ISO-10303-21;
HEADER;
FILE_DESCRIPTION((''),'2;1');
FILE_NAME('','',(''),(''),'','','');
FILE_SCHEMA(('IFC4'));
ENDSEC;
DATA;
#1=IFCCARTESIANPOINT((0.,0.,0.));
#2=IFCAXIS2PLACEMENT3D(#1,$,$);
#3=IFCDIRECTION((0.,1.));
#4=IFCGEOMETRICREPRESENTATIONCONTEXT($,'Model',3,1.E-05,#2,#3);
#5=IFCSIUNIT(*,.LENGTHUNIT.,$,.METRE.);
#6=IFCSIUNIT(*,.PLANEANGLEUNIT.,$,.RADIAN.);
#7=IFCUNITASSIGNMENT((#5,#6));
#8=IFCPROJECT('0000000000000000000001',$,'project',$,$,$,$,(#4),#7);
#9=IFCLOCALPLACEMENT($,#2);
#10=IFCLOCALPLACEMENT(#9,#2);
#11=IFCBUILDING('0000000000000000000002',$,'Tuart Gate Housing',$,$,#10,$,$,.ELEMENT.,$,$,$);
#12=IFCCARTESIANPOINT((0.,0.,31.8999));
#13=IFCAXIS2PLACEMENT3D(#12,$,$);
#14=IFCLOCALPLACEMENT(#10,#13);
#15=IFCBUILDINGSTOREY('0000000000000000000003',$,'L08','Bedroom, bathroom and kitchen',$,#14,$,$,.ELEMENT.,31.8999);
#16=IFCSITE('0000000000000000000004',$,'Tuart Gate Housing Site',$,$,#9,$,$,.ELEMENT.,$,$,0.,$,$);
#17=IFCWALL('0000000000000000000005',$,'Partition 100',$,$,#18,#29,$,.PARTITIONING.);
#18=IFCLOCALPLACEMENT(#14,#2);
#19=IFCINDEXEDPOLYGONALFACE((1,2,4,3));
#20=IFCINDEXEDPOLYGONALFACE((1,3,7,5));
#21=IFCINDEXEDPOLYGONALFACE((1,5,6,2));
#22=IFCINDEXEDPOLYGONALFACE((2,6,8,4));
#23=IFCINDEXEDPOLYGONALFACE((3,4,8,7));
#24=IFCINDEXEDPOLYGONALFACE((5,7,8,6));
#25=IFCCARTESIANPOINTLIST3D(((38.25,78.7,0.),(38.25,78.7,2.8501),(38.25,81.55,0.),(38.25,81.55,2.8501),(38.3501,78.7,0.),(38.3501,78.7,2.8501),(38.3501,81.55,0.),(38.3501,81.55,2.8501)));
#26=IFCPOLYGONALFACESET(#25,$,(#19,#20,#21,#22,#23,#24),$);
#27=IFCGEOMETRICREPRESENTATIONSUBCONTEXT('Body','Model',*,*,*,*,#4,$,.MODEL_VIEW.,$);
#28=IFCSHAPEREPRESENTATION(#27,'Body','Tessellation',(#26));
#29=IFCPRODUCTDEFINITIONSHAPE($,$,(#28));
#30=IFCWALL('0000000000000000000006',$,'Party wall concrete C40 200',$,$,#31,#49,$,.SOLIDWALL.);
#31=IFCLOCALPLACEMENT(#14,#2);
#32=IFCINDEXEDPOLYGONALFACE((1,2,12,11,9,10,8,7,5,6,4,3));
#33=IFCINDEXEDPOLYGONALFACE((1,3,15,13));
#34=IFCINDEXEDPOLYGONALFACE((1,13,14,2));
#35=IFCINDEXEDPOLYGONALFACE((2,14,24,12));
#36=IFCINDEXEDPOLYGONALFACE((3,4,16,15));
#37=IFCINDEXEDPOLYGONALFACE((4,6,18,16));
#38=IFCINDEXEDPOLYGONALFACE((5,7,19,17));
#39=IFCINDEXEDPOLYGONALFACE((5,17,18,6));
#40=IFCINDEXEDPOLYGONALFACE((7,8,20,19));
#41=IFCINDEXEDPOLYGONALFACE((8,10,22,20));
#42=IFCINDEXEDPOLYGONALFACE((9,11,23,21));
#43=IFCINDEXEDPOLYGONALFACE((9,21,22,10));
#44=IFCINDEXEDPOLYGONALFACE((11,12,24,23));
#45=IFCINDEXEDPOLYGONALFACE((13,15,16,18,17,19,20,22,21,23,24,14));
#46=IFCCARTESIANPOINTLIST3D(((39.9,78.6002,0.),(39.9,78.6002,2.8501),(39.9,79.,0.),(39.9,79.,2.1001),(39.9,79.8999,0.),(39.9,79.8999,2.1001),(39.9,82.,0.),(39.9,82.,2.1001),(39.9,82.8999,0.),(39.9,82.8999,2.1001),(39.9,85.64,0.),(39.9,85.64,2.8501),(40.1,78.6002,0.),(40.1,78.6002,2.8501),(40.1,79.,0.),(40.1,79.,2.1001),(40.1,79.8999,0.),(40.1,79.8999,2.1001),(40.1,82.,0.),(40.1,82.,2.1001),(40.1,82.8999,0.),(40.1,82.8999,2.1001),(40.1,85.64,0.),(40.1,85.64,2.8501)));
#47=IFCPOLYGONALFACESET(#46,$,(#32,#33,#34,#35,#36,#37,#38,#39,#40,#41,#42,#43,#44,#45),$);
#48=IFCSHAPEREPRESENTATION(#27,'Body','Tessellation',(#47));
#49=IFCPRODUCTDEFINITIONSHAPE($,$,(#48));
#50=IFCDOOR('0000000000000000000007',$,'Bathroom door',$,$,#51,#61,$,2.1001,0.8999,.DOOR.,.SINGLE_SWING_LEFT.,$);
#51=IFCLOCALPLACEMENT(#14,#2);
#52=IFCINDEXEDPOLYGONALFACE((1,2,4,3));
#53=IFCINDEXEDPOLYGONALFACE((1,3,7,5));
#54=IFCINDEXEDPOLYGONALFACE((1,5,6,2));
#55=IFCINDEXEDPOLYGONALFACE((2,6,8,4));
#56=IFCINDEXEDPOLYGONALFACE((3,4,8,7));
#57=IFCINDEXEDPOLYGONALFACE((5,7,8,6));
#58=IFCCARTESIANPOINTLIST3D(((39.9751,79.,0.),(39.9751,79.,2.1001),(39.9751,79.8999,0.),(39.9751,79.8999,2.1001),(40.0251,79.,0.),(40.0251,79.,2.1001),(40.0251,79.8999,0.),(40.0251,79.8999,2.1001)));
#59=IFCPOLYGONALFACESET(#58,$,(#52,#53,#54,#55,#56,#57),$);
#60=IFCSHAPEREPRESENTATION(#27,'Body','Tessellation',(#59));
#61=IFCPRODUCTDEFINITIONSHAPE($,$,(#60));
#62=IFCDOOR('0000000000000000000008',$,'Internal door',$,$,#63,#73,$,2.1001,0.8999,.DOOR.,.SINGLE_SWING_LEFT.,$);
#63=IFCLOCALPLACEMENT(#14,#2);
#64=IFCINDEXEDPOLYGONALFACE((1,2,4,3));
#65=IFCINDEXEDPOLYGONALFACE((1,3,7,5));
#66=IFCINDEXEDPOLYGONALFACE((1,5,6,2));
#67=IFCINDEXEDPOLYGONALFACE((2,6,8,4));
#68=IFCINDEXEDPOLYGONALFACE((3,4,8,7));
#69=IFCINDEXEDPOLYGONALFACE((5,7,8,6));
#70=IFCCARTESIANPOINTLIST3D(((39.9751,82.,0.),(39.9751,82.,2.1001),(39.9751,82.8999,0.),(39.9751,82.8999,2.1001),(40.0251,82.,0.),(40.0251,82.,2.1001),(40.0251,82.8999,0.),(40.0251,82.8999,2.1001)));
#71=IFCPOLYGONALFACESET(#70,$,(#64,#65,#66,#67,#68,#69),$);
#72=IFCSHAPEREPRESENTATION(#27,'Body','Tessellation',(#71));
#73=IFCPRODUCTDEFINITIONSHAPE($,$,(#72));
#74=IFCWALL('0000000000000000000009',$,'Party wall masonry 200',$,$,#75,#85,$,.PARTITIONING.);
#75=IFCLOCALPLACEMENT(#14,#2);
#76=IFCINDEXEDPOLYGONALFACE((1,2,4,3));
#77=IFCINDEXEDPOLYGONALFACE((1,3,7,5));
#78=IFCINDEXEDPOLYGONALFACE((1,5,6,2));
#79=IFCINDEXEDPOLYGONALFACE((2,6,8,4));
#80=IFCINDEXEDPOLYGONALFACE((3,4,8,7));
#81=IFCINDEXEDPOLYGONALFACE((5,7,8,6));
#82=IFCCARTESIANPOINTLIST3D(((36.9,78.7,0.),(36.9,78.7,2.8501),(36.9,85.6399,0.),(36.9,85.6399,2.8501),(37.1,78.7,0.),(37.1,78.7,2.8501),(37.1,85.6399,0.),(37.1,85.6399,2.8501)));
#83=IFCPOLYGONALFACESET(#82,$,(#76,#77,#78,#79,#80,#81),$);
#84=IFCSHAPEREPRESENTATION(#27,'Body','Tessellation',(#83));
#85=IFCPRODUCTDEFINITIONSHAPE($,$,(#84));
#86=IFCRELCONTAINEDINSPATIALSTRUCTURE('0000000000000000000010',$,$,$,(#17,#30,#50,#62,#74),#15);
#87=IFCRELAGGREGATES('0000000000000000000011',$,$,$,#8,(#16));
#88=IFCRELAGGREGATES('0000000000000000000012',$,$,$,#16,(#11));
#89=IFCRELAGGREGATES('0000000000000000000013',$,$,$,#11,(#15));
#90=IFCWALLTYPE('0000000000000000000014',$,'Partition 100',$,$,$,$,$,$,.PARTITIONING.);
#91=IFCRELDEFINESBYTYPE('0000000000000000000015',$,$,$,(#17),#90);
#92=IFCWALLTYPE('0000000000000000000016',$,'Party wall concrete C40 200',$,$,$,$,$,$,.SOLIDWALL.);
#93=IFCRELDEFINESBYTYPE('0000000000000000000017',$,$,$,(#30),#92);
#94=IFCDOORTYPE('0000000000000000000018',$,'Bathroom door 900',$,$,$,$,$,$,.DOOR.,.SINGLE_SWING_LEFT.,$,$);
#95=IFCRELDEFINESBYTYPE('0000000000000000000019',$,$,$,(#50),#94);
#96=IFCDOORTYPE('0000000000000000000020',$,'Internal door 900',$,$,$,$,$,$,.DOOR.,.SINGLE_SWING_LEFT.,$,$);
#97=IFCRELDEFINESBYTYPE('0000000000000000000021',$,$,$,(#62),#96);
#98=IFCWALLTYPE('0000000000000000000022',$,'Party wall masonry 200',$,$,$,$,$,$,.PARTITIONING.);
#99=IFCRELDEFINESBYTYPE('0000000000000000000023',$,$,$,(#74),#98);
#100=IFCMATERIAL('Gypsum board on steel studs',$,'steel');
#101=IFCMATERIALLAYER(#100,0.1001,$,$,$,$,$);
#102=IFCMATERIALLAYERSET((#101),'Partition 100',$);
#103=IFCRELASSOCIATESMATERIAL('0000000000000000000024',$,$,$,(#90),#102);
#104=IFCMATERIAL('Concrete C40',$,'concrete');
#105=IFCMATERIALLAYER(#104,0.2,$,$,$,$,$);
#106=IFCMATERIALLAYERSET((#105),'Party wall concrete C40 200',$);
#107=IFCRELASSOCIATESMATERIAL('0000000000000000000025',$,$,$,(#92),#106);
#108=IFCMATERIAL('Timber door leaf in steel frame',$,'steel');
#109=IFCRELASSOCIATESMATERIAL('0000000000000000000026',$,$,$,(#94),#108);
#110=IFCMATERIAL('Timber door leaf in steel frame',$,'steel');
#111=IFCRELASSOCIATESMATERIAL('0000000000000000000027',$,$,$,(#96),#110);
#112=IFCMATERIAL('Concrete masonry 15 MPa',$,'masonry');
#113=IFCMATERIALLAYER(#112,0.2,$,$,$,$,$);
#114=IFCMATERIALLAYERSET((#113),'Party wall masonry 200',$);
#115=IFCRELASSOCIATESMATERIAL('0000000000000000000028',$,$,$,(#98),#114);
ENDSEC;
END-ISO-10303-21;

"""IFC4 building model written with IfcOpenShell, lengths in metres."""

from ifc_helpers import new_model, si_unit, direction, frame, frame_2d, origin, place, context, subcontext, project, spatial, rectangle, extrude, material, layer, layer_set, type_object, element, fill, save


model = new_model("IFC4")

# Units and contexts
model_context = context("Model", 3, precision=1e-05, world=origin(), true_north=direction((0.0, 1.0)))
body_context = subcontext(model_context, "Body", "Model", "MODEL_VIEW")
ifc_project = project(units=[si_unit("LENGTHUNIT", "METRE"), si_unit("PLANEANGLEUNIT", "RADIAN")], contexts=[model_context])

# Site, building, storey
site_placement = place(None, origin())
site = spatial("IfcSite", under=ifc_project, at=site_placement, Name="Tuart Gate Housing Site", CompositionType="ELEMENT", RefElevation=0.0)
building_placement = place(site_placement, origin())
building = spatial("IfcBuilding", under=site, at=building_placement, Name="Tuart Gate Housing", CompositionType="ELEMENT")
storey_placement = place(building_placement, frame((0.0, 0.0, 31.8999)))
storey = spatial("IfcBuildingStorey", under=building, at=storey_placement, Name="L08", Description="Bedroom, bathroom and kitchen", CompositionType="ELEMENT", Elevation=31.8999)

# Wall
ifc_material_1 = material(Name="Gypsum board on steel studs", Category="steel")
ifc_layer_1 = layer(ifc_material_1, 0.1001)
ifc_layer_set_1 = layer_set([ifc_layer_1], Name="Partition 100")
wall_type_1 = type_object("IfcWallType", Name="Partition 100", PredefinedType="PARTITIONING", material=ifc_layer_set_1)
wall_1_placement = place(storey_placement, frame((38.3, 78.7, 0.0), z_axis=(0.0, 0.0, 1.0), x_axis=(0.0, 1.0, 0.0)))
element("IfcWall", 1, at=wall_1_placement, inside=storey, type_object=wall_type_1, Name="Partition 100", PredefinedType="PARTITIONING", context=body_context, shape_type="SweptSolid", body=[
    extrude(rectangle(XDim=2.8501, YDim=0.1001, at=frame_2d((1.425, 0.0))), origin(), (0.0, 0.0, 1.0), 2.8501),
])

# Wall, openings, doors
ifc_material_2 = material(Name="Concrete C40", Category="concrete")
ifc_layer_2 = layer(ifc_material_2, 0.2)
ifc_layer_set_2 = layer_set([ifc_layer_2], Name="Party wall concrete C40 200")
wall_type_2 = type_object("IfcWallType", Name="Party wall concrete C40 200", PredefinedType="SOLIDWALL", material=ifc_layer_set_2)
wall_2_placement = place(storey_placement, frame((40.0, 78.6001, 0.0), z_axis=(0.0, 0.0, 1.0), x_axis=(0.0, 1.0, 0.0)))
wall_2 = element("IfcWall", 2, at=wall_2_placement, inside=storey, type_object=wall_type_2, Name="Party wall concrete C40 200", PredefinedType="SOLIDWALL", context=body_context, shape_type="SweptSolid", body=[
    extrude(rectangle(XDim=7.0398, YDim=0.2, at=frame_2d((3.52, 0.0))), origin(), (0.0, 0.0, 1.0), 2.8501),
])
opening_1_placement = place(wall_2_placement, frame((3.3999, 0.0, 0.0)))
opening_1 = element("IfcOpeningElement", 3, at=opening_1_placement, cuts=wall_2, PredefinedType="OPENING", context=body_context, shape_type="SweptSolid", body=[
    extrude(rectangle(XDim=0.8999, YDim=2.1001, at=frame_2d((0.45, 1.05))), frame((0.0, 0.1099, 0.0), z_axis=(0.0, -1.0, 0.0), x_axis=(1.0, 0.0, 0.0)), (0.0, 0.0, 1.0), 0.22),
])
opening_2_placement = place(wall_2_placement, frame((0.3999, 0.0, 0.0)))
opening_2 = element("IfcOpeningElement", 4, at=opening_2_placement, cuts=wall_2, PredefinedType="OPENING", context=body_context, shape_type="SweptSolid", body=[
    extrude(rectangle(XDim=0.8999, YDim=2.1001, at=frame_2d((0.45, 1.05))), frame((0.0, 0.1099, 0.0), z_axis=(0.0, -1.0, 0.0), x_axis=(1.0, 0.0, 0.0)), (0.0, 0.0, 1.0), 0.22),
])
ifc_material_3 = material(Name="Timber door leaf in steel frame", Category="steel")
door_type_1 = type_object("IfcDoorType", Name="Bathroom door 900", OperationType="SINGLE_SWING_LEFT", PredefinedType="DOOR", material=ifc_material_3)
door_1_placement = place(opening_2_placement, origin())
door_1 = element("IfcDoor", 5, at=door_1_placement, inside=storey, type_object=door_type_1, Name="Bathroom door", OperationType="SINGLE_SWING_LEFT", OverallHeight=2.1001, OverallWidth=0.8999, PredefinedType="DOOR", context=body_context, shape_type="SweptSolid", body=[
    extrude(rectangle(XDim=0.8999, YDim=2.1001, at=frame_2d((0.45, 1.05))), frame((0.0, 0.0249, 0.0), z_axis=(0.0, -1.0, 0.0), x_axis=(1.0, 0.0, 0.0)), (0.0, 0.0, 1.0), 0.05),
])
fill(opening_2, door_1)
ifc_material_4 = material(Name="Timber door leaf in steel frame", Category="steel")
door_type_2 = type_object("IfcDoorType", Name="Internal door 900", OperationType="SINGLE_SWING_LEFT", PredefinedType="DOOR", material=ifc_material_4)
door_2_placement = place(opening_1_placement, origin())
door_2 = element("IfcDoor", 6, at=door_2_placement, inside=storey, type_object=door_type_2, Name="Internal door", OperationType="SINGLE_SWING_LEFT", OverallHeight=2.1001, OverallWidth=0.8999, PredefinedType="DOOR", context=body_context, shape_type="SweptSolid", body=[
    extrude(rectangle(XDim=0.8999, YDim=2.1001, at=frame_2d((0.45, 1.05))), frame((0.0, 0.0249, 0.0), z_axis=(0.0, -1.0, 0.0), x_axis=(1.0, 0.0, 0.0)), (0.0, 0.0, 1.0), 0.05),
])
fill(opening_1, door_2)

# Wall
ifc_material_5 = material(Name="Concrete masonry 15 MPa", Category="masonry")
ifc_layer_3 = layer(ifc_material_5, 0.2)
ifc_layer_set_3 = layer_set([ifc_layer_3], Name="Party wall masonry 200")
wall_type_3 = type_object("IfcWallType", Name="Party wall masonry 200", PredefinedType="PARTITIONING", material=ifc_layer_set_3)
wall_3_placement = place(storey_placement, frame((37.0, 78.7, 0.0), z_axis=(0.0, 0.0, 1.0), x_axis=(0.0, 1.0, 0.0)))
element("IfcWall", 7, at=wall_3_placement, inside=storey, type_object=wall_type_3, Name="Party wall masonry 200", PredefinedType="PARTITIONING", context=body_context, shape_type="SweptSolid", body=[
    extrude(rectangle(XDim=6.9399, YDim=0.2, at=frame_2d((3.47, 0.0))), origin(), (0.0, 0.0, 1.0), 2.8501),
])

save(model, "model.ifc")
